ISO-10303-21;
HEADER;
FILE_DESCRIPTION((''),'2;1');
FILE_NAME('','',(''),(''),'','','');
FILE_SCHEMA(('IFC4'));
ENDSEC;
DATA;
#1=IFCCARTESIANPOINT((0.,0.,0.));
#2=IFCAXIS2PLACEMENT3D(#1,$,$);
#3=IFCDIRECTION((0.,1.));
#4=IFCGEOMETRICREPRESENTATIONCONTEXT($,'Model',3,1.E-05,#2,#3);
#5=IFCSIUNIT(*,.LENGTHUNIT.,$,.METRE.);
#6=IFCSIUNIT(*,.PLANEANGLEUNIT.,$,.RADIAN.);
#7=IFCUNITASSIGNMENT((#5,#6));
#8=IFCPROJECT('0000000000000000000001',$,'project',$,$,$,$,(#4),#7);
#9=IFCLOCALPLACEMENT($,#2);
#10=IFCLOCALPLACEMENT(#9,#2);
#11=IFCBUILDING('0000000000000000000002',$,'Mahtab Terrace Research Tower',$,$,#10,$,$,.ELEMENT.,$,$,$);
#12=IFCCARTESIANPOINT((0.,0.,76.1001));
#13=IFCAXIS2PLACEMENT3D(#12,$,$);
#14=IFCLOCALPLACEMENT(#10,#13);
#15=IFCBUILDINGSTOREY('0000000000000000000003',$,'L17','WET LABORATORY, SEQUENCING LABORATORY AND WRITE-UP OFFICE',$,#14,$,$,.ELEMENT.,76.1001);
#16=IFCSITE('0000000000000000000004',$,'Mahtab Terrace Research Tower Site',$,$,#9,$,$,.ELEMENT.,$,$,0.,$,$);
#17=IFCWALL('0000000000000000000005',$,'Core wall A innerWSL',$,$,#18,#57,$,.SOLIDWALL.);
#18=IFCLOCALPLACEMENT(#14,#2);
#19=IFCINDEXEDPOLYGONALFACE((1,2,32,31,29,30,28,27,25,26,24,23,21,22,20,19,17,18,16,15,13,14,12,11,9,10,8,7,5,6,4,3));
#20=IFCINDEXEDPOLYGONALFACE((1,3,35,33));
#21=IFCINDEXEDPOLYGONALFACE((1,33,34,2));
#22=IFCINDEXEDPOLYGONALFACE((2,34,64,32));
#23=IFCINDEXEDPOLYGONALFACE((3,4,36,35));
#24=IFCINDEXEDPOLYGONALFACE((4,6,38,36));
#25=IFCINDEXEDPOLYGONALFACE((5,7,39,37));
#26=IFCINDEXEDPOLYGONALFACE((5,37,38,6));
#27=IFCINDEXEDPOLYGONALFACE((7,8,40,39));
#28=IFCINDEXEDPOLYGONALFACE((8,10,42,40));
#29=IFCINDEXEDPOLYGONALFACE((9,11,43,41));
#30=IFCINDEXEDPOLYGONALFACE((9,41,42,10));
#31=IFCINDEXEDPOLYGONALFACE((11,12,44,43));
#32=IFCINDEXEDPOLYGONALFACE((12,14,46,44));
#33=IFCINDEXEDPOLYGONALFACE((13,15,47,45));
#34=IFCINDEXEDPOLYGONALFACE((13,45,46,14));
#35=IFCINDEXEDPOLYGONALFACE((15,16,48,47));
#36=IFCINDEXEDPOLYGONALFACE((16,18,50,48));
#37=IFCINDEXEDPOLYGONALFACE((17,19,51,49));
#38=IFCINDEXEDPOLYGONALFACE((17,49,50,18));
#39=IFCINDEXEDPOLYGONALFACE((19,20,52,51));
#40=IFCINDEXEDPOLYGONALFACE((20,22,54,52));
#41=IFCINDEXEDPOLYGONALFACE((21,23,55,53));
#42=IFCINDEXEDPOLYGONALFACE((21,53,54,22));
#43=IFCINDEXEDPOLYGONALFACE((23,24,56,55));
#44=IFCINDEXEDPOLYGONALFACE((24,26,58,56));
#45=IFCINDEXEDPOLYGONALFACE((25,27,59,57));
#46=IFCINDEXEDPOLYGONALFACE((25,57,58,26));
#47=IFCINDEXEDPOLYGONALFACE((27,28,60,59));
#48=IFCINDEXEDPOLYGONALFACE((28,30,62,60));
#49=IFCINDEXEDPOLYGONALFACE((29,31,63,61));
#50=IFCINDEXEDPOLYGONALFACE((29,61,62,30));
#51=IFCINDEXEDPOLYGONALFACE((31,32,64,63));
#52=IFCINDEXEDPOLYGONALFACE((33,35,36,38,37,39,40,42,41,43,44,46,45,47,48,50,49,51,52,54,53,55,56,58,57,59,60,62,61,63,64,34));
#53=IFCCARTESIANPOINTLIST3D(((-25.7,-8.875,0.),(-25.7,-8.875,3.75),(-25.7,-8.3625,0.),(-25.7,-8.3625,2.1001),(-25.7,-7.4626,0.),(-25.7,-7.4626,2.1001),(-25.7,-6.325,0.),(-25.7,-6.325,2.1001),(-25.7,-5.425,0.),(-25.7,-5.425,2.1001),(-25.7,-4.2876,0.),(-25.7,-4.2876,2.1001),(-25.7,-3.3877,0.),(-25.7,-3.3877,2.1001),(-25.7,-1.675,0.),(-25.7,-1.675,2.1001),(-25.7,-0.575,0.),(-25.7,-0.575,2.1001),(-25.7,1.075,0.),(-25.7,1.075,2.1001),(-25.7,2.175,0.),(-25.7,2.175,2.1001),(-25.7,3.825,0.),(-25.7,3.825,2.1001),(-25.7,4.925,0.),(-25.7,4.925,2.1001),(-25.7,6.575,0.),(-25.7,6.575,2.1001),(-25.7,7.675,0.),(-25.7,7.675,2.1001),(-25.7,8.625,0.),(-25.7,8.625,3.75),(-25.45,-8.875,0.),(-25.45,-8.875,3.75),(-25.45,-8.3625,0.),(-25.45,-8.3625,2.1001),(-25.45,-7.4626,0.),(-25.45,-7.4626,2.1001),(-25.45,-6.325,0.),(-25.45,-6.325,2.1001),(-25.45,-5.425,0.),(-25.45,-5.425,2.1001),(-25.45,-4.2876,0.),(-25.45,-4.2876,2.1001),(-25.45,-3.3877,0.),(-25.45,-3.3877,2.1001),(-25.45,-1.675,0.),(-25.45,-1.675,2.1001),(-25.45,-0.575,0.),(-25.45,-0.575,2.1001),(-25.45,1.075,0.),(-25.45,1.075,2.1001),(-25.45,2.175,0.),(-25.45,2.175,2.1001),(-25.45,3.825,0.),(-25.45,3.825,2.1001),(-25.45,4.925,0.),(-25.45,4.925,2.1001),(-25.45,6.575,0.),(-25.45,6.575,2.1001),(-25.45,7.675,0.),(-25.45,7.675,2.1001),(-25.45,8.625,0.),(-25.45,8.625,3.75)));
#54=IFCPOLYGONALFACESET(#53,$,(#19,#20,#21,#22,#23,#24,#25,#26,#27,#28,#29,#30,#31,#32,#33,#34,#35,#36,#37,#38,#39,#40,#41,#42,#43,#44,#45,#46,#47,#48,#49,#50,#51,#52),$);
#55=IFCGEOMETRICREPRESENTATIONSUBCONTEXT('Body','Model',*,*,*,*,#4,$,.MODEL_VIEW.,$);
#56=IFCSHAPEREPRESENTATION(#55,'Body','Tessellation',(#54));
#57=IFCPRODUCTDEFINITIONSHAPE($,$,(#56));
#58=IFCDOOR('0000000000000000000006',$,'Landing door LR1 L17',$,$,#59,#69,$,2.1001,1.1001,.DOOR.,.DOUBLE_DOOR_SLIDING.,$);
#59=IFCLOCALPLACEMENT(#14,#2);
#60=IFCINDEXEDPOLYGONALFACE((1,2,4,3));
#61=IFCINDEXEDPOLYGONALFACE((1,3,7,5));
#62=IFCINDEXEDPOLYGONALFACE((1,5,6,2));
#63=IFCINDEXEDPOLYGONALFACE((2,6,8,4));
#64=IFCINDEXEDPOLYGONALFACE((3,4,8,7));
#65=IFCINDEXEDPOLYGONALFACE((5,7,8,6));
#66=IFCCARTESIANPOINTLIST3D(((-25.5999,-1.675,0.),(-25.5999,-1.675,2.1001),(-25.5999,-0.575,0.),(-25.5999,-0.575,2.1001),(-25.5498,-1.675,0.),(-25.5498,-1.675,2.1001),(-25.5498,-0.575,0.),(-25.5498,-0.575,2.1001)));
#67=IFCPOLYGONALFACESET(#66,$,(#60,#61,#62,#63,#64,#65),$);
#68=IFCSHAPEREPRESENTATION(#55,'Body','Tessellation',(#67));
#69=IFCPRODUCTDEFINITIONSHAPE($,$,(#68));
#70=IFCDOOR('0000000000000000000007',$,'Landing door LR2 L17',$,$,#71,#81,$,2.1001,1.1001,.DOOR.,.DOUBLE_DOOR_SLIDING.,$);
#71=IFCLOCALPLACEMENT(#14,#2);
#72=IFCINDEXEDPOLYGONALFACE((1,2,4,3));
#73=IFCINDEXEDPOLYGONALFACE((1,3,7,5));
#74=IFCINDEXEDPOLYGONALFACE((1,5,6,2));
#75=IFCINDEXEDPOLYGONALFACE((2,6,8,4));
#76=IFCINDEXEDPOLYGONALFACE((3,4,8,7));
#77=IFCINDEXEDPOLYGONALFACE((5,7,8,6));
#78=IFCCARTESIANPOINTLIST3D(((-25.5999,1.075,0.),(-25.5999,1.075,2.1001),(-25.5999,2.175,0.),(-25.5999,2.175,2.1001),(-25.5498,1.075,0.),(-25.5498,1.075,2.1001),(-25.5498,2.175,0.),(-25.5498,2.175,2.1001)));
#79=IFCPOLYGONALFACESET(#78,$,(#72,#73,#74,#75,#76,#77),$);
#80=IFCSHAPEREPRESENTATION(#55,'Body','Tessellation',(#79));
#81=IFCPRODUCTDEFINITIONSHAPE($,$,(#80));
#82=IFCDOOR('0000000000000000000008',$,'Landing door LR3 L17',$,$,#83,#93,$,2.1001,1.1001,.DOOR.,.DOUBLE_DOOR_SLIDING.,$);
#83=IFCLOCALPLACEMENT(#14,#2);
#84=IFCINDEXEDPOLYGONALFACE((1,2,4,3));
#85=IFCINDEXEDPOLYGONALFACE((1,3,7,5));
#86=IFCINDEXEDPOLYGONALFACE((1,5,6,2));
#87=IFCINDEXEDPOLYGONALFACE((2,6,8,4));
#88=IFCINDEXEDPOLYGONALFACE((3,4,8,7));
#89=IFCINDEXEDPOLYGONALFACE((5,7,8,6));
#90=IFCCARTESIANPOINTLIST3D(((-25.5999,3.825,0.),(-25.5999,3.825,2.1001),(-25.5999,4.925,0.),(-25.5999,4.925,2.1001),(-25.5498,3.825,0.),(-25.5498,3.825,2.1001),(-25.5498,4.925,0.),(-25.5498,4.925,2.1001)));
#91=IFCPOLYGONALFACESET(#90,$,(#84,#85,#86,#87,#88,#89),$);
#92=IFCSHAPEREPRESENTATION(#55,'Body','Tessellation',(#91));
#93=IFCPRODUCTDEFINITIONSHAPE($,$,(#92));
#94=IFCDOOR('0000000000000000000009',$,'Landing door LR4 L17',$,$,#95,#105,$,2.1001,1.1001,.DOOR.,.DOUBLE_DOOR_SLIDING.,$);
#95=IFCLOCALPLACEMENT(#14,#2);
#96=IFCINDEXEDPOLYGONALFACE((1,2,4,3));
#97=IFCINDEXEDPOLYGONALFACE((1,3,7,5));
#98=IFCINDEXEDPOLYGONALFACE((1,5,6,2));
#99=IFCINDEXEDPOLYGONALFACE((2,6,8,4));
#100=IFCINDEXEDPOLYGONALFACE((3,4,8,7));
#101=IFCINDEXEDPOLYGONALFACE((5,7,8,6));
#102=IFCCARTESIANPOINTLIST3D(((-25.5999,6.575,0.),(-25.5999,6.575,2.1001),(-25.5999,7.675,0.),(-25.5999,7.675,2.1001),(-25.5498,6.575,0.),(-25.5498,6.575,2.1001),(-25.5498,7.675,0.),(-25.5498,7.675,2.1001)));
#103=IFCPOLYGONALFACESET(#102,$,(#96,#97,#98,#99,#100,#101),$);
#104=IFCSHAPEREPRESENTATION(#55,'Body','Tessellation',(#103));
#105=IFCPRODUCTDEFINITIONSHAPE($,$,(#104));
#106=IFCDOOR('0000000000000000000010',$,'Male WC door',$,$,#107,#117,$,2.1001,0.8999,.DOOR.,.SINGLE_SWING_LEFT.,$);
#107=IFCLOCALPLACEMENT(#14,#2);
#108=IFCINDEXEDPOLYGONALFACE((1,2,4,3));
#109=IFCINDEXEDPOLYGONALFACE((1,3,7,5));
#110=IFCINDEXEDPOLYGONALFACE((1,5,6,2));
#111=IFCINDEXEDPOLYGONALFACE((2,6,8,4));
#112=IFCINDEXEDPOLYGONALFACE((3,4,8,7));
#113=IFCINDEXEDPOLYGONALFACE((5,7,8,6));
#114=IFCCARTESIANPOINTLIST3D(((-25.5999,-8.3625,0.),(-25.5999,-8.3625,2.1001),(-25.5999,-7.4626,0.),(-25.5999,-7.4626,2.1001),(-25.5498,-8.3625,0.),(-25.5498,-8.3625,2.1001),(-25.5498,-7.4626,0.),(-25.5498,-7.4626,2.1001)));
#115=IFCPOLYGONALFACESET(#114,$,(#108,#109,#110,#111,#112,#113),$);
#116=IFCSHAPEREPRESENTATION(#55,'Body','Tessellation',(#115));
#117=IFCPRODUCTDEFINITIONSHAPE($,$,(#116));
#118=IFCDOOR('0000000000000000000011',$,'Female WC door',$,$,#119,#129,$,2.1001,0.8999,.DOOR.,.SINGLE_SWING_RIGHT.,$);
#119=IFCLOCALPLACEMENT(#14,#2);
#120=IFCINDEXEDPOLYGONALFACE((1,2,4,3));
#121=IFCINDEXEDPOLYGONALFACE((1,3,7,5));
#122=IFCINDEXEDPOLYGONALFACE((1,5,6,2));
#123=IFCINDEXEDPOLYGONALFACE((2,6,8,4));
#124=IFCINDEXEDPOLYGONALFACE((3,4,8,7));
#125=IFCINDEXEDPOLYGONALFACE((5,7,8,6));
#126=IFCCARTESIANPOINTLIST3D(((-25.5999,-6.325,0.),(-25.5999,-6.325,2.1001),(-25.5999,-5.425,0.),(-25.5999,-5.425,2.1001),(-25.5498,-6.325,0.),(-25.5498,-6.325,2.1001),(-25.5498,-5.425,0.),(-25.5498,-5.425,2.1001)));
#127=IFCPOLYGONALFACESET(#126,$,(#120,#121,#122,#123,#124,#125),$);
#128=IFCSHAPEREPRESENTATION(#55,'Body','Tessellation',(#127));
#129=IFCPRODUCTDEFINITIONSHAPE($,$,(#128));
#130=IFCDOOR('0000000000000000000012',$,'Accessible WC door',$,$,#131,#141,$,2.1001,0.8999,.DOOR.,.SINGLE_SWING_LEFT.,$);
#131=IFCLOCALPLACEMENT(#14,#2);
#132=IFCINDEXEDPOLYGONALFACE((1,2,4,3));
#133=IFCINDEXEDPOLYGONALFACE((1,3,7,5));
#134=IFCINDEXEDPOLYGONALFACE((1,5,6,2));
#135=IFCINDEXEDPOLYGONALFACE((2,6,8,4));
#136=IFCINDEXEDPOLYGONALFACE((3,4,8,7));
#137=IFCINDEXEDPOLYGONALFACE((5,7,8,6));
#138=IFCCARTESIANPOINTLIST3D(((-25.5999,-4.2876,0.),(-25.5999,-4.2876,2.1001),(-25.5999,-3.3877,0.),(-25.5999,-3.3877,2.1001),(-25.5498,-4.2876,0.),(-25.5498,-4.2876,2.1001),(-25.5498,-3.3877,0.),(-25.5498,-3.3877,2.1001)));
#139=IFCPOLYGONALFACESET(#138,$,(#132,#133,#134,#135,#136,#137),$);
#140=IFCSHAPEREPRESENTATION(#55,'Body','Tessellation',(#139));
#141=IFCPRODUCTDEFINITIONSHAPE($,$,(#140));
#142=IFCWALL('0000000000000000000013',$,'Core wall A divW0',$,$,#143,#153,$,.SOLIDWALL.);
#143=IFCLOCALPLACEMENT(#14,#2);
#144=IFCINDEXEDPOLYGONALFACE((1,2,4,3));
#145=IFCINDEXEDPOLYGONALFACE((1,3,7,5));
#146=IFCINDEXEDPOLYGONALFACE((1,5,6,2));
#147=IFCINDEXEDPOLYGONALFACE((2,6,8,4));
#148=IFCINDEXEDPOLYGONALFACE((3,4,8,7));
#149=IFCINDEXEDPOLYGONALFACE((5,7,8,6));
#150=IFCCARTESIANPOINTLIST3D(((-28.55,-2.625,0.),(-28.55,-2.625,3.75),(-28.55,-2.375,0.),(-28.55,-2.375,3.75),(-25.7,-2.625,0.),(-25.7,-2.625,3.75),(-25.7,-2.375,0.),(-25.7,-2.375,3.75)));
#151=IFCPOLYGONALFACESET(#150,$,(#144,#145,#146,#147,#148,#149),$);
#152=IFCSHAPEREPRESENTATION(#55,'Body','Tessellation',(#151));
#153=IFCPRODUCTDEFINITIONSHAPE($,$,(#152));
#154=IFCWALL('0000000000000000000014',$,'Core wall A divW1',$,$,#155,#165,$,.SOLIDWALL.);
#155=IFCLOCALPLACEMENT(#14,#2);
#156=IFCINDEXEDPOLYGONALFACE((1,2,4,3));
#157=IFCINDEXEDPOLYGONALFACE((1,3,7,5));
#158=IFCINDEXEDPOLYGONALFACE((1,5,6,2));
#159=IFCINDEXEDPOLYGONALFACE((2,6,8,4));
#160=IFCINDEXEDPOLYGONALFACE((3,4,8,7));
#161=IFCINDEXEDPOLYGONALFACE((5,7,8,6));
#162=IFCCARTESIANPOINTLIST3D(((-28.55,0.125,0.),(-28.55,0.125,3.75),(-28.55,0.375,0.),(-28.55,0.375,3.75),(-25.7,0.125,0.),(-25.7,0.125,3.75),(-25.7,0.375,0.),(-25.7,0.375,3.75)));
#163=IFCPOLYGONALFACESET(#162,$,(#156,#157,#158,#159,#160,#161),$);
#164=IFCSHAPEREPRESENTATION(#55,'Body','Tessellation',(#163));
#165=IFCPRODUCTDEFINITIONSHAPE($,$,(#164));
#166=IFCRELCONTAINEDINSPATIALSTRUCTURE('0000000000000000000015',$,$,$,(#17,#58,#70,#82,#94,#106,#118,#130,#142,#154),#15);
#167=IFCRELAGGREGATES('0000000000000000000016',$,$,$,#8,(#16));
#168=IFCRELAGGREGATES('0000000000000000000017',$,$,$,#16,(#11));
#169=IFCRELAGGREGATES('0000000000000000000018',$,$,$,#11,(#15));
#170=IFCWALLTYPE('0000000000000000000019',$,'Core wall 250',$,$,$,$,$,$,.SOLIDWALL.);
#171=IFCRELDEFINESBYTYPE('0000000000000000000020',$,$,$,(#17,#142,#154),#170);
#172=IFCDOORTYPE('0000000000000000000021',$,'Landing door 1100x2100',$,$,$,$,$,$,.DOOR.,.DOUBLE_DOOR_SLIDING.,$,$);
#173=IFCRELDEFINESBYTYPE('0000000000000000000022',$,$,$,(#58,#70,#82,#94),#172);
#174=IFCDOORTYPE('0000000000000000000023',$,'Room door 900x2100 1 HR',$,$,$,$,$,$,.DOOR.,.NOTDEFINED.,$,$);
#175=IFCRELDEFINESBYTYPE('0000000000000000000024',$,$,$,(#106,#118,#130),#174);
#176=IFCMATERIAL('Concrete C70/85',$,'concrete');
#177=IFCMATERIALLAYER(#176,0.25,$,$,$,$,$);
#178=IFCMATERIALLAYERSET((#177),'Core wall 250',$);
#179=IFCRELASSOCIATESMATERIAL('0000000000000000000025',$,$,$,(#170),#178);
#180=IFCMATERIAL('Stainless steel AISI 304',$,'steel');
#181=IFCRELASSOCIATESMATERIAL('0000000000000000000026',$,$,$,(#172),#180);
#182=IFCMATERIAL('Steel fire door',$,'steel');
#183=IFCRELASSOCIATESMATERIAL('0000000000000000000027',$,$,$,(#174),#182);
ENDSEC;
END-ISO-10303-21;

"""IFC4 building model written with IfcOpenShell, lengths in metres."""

from ifc_helpers import new_model, si_unit, direction, frame, frame_2d, origin, place, context, subcontext, project, spatial, rectangle, extrude, material, layer, layer_set, type_object, element, fill, save


model = new_model("IFC4")

# Units and contexts
model_context = context("Model", 3, precision=1e-05, world=origin(), true_north=direction((0.0, 1.0)))
body_context = subcontext(model_context, "Body", "Model", "MODEL_VIEW")
ifc_project = project(units=[si_unit("LENGTHUNIT", "METRE"), si_unit("PLANEANGLEUNIT", "RADIAN")], contexts=[model_context])

# Site, building, storey
site_placement = place(None, origin())
site = spatial("IfcSite", under=ifc_project, at=site_placement, Name="Mahtab Terrace Research Tower Site", CompositionType="ELEMENT", RefElevation=0.0)
building_placement = place(site_placement, origin())
building = spatial("IfcBuilding", under=site, at=building_placement, Name="Mahtab Terrace Research Tower", CompositionType="ELEMENT")
storey_placement = place(building_placement, frame((0.0, 0.0, 76.1001)))
storey = spatial("IfcBuildingStorey", under=building, at=storey_placement, Name="L17", Description="WET LABORATORY, SEQUENCING LABORATORY AND WRITE-UP OFFICE", CompositionType="ELEMENT", Elevation=76.1001)

# Shared definitions
ifc_material_1 = material(Name="Concrete C70/85", Category="concrete")

# Shared definitions
ifc_layer_1 = layer(ifc_material_1, 0.25)
ifc_layer_set_1 = layer_set([ifc_layer_1], Name="Core wall 250")
wall_type_1 = type_object("IfcWallType", Name="Core wall 250", PredefinedType="SOLIDWALL", material=ifc_layer_set_1)

# Shared definitions
ifc_material_2 = material(Name="Steel fire door", Category="steel")

# Wall, openings, doors
wall_1_placement = place(storey_placement, frame((-25.575, -8.875, 0.0), z_axis=(0.0, 0.0, 1.0), x_axis=(0.0, 1.0, 0.0)))
wall_1 = element("IfcWall", 1, at=wall_1_placement, inside=storey, type_object=wall_type_1, Name="Core wall A innerWSL", PredefinedType="SOLIDWALL", context=body_context, shape_type="SweptSolid", body=[
    extrude(rectangle(XDim=17.5, YDim=0.25, at=frame_2d((8.75, 0.0))), origin(), (0.0, 0.0, 1.0), 3.75),
])
opening_1_placement = place(wall_1_placement, frame((7.2, 0.0, 0.0)))
opening_1 = element("IfcOpeningElement", 2, at=opening_1_placement, cuts=wall_1, PredefinedType="OPENING", context=body_context, shape_type="SweptSolid", body=[
    extrude(rectangle(XDim=1.1001, YDim=2.1001, at=frame_2d((0.55, 1.05))), frame((0.0, 0.135, 0.0), z_axis=(0.0, -1.0, 0.0), x_axis=(1.0, 0.0, 0.0)), (0.0, 0.0, 1.0), 0.27),
])
opening_2_placement = place(wall_1_placement, frame((9.95, 0.0, 0.0)))
opening_2 = element("IfcOpeningElement", 3, at=opening_2_placement, cuts=wall_1, PredefinedType="OPENING", context=body_context, shape_type="SweptSolid", body=[
    extrude(rectangle(XDim=1.1001, YDim=2.1001, at=frame_2d((0.55, 1.05))), frame((0.0, 0.135, 0.0), z_axis=(0.0, -1.0, 0.0), x_axis=(1.0, 0.0, 0.0)), (0.0, 0.0, 1.0), 0.27),
])
opening_3_placement = place(wall_1_placement, frame((12.7, 0.0, 0.0)))
opening_3 = element("IfcOpeningElement", 4, at=opening_3_placement, cuts=wall_1, PredefinedType="OPENING", context=body_context, shape_type="SweptSolid", body=[
    extrude(rectangle(XDim=1.1001, YDim=2.1001, at=frame_2d((0.55, 1.05))), frame((0.0, 0.135, 0.0), z_axis=(0.0, -1.0, 0.0), x_axis=(1.0, 0.0, 0.0)), (0.0, 0.0, 1.0), 0.27),
])
opening_4_placement = place(wall_1_placement, frame((15.45, 0.0, 0.0)))
opening_4 = element("IfcOpeningElement", 5, at=opening_4_placement, cuts=wall_1, PredefinedType="OPENING", context=body_context, shape_type="SweptSolid", body=[
    extrude(rectangle(XDim=1.1001, YDim=2.1001, at=frame_2d((0.55, 1.05))), frame((0.0, 0.135, 0.0), z_axis=(0.0, -1.0, 0.0), x_axis=(1.0, 0.0, 0.0)), (0.0, 0.0, 1.0), 0.27),
])
opening_5_placement = place(wall_1_placement, frame((0.5125, 0.0, 0.0)))
opening_5 = element("IfcOpeningElement", 6, at=opening_5_placement, cuts=wall_1, PredefinedType="OPENING", context=body_context, shape_type="SweptSolid", body=[
    extrude(rectangle(XDim=0.8999, YDim=2.1001, at=frame_2d((0.45, 1.05))), frame((0.0, 0.135, 0.0), z_axis=(0.0, -1.0, 0.0), x_axis=(1.0, 0.0, 0.0)), (0.0, 0.0, 1.0), 0.27),
])
opening_6_placement = place(wall_1_placement, frame((2.55, 0.0, 0.0)))
opening_6 = element("IfcOpeningElement", 7, at=opening_6_placement, cuts=wall_1, PredefinedType="OPENING", context=body_context, shape_type="SweptSolid", body=[
    extrude(rectangle(XDim=0.8999, YDim=2.1001, at=frame_2d((0.45, 1.05))), frame((0.0, 0.135, 0.0), z_axis=(0.0, -1.0, 0.0), x_axis=(1.0, 0.0, 0.0)), (0.0, 0.0, 1.0), 0.27),
])
opening_7_placement = place(wall_1_placement, frame((4.5874, 0.0, 0.0)))
opening_7 = element("IfcOpeningElement", 8, at=opening_7_placement, cuts=wall_1, PredefinedType="OPENING", context=body_context, shape_type="SweptSolid", body=[
    extrude(rectangle(XDim=0.8999, YDim=2.1001, at=frame_2d((0.45, 1.05))), frame((0.0, 0.135, 0.0), z_axis=(0.0, -1.0, 0.0), x_axis=(1.0, 0.0, 0.0)), (0.0, 0.0, 1.0), 0.27),
])
ifc_material_3 = material(Name="Stainless steel AISI 304", Category="steel")
door_type_1 = type_object("IfcDoorType", Name="Landing door 1100x2100", OperationType="DOUBLE_DOOR_SLIDING", PredefinedType="DOOR", material=ifc_material_3)
door_1_placement = place(opening_1_placement, origin())
door_1 = element("IfcDoor", 9, at=door_1_placement, inside=storey, type_object=door_type_1, Name="Landing door LR1 L17", OperationType="DOUBLE_DOOR_SLIDING", OverallHeight=2.1001, OverallWidth=1.1001, PredefinedType="DOOR", context=body_context, shape_type="SweptSolid", body=[
    extrude(rectangle(XDim=1.1001, YDim=2.1001, at=frame_2d((0.55, 1.05))), frame((0.0, 0.0249, 0.0), z_axis=(0.0, -1.0, 0.0), x_axis=(1.0, 0.0, 0.0)), (0.0, 0.0, 1.0), 0.05),
])
fill(opening_1, door_1)
door_2_placement = place(opening_2_placement, origin())
door_2 = element("IfcDoor", 10, at=door_2_placement, inside=storey, type_object=door_type_1, Name="Landing door LR2 L17", OperationType="DOUBLE_DOOR_SLIDING", OverallHeight=2.1001, OverallWidth=1.1001, PredefinedType="DOOR", context=body_context, shape_type="SweptSolid", body=[
    extrude(rectangle(XDim=1.1001, YDim=2.1001, at=frame_2d((0.55, 1.05))), frame((0.0, 0.0249, 0.0), z_axis=(0.0, -1.0, 0.0), x_axis=(1.0, 0.0, 0.0)), (0.0, 0.0, 1.0), 0.05),
])
fill(opening_2, door_2)
door_3_placement = place(opening_3_placement, origin())
door_3 = element("IfcDoor", 11, at=door_3_placement, inside=storey, type_object=door_type_1, Name="Landing door LR3 L17", OperationType="DOUBLE_DOOR_SLIDING", OverallHeight=2.1001, OverallWidth=1.1001, PredefinedType="DOOR", context=body_context, shape_type="SweptSolid", body=[
    extrude(rectangle(XDim=1.1001, YDim=2.1001, at=frame_2d((0.55, 1.05))), frame((0.0, 0.0249, 0.0), z_axis=(0.0, -1.0, 0.0), x_axis=(1.0, 0.0, 0.0)), (0.0, 0.0, 1.0), 0.05),
])
fill(opening_3, door_3)
door_4_placement = place(opening_4_placement, origin())
door_4 = element("IfcDoor", 12, at=door_4_placement, inside=storey, type_object=door_type_1, Name="Landing door LR4 L17", OperationType="DOUBLE_DOOR_SLIDING", OverallHeight=2.1001, OverallWidth=1.1001, PredefinedType="DOOR", context=body_context, shape_type="SweptSolid", body=[
    extrude(rectangle(XDim=1.1001, YDim=2.1001, at=frame_2d((0.55, 1.05))), frame((0.0, 0.0249, 0.0), z_axis=(0.0, -1.0, 0.0), x_axis=(1.0, 0.0, 0.0)), (0.0, 0.0, 1.0), 0.05),
])
fill(opening_4, door_4)
door_type_2 = type_object("IfcDoorType", Name="Room door 900x2100 1 HR", OperationType="NOTDEFINED", PredefinedType="DOOR", material=ifc_material_2)
door_5_placement = place(opening_5_placement, origin())
door_5 = element("IfcDoor", 13, at=door_5_placement, inside=storey, type_object=door_type_2, Name="Male WC door", OperationType="SINGLE_SWING_LEFT", OverallHeight=2.1001, OverallWidth=0.8999, PredefinedType="DOOR", context=body_context, shape_type="SweptSolid", body=[
    extrude(rectangle(XDim=0.8999, YDim=2.1001, at=frame_2d((0.45, 1.05))), frame((0.0, 0.0249, 0.0), z_axis=(0.0, -1.0, 0.0), x_axis=(1.0, 0.0, 0.0)), (0.0, 0.0, 1.0), 0.05),
])
fill(opening_5, door_5)
door_6_placement = place(opening_6_placement, origin())
door_6 = element("IfcDoor", 14, at=door_6_placement, inside=storey, type_object=door_type_2, Name="Female WC door", OperationType="SINGLE_SWING_RIGHT", OverallHeight=2.1001, OverallWidth=0.8999, PredefinedType="DOOR", context=body_context, shape_type="SweptSolid", body=[
    extrude(rectangle(XDim=0.8999, YDim=2.1001, at=frame_2d((0.45, 1.05))), frame((0.0, 0.0249, 0.0), z_axis=(0.0, -1.0, 0.0), x_axis=(1.0, 0.0, 0.0)), (0.0, 0.0, 1.0), 0.05),
])
fill(opening_6, door_6)
door_7_placement = place(opening_7_placement, origin())
door_7 = element("IfcDoor", 15, at=door_7_placement, inside=storey, type_object=door_type_2, Name="Accessible WC door", OperationType="SINGLE_SWING_LEFT", OverallHeight=2.1001, OverallWidth=0.8999, PredefinedType="DOOR", context=body_context, shape_type="SweptSolid", body=[
    extrude(rectangle(XDim=0.8999, YDim=2.1001, at=frame_2d((0.45, 1.05))), frame((0.0, 0.0249, 0.0), z_axis=(0.0, -1.0, 0.0), x_axis=(1.0, 0.0, 0.0)), (0.0, 0.0, 1.0), 0.05),
])
fill(opening_7, door_7)

# Walls
for number, where, z_axis, x_axis, name in (
    (16, (-28.55, -2.5, 0.0), (0.0, 0.0, 1.0), (1.0, 0.0, 0.0), "Core wall A divW0"),
    (17, (-28.55, 0.25, 0.0), (0.0, 0.0, 1.0), (1.0, 0.0, 0.0), "Core wall A divW1"),
):
    element("IfcWall", number, at=place(storey_placement, frame(where, z_axis=z_axis, x_axis=x_axis)), inside=storey, type_object=wall_type_1, Name=name, PredefinedType="SOLIDWALL", context=body_context, shape_type="SweptSolid", body=[
        extrude(rectangle(XDim=2.8501, YDim=0.25, at=frame_2d((1.425, 0.0))), origin(), (0.0, 0.0, 1.0), 3.75),
    ])

save(model, "model.ifc")
